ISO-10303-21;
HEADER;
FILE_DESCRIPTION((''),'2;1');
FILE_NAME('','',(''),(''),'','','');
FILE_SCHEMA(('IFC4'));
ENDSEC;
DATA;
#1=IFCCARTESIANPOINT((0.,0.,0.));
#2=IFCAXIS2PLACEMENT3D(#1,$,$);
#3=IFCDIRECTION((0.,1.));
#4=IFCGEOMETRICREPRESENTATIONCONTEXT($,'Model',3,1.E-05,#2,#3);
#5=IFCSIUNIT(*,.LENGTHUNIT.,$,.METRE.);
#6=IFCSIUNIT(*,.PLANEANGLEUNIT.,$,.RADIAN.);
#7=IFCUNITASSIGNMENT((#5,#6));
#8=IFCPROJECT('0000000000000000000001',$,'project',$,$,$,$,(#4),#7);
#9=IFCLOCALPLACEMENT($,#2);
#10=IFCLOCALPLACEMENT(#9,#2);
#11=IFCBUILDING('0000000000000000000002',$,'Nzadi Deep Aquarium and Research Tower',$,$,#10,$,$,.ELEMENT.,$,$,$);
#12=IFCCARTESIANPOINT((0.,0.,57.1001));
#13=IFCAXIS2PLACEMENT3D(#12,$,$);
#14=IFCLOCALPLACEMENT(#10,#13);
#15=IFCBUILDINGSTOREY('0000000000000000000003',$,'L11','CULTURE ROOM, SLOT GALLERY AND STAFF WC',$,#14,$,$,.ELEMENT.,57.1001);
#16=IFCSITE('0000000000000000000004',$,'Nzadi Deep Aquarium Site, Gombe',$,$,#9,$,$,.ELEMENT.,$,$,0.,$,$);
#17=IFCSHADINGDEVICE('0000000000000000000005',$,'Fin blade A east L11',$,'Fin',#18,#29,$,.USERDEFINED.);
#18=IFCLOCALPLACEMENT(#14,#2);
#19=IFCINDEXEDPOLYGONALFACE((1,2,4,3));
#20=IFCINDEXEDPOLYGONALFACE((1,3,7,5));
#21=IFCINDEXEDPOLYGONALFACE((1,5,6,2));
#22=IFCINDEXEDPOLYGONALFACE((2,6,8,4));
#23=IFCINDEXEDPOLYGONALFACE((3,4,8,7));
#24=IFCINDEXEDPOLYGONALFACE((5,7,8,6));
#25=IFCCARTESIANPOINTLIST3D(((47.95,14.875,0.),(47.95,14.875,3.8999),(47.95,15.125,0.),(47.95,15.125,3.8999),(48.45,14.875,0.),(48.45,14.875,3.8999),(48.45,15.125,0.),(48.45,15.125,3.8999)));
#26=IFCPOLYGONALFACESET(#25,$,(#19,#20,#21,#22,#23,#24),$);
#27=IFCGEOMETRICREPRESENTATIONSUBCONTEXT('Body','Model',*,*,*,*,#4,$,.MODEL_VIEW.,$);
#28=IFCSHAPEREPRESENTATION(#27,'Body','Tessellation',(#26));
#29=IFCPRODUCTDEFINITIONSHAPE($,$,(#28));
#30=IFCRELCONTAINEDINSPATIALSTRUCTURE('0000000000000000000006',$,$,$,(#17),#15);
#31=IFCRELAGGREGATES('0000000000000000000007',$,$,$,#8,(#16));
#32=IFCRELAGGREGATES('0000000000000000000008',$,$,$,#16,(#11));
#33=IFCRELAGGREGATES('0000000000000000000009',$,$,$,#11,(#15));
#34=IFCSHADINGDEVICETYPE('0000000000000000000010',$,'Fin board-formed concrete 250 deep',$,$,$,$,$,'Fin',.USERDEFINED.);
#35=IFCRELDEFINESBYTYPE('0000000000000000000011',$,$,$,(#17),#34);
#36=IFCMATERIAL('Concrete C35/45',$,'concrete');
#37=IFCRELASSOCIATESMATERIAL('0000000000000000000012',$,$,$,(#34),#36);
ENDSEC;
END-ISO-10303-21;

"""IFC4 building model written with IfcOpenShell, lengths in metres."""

from ifc_helpers import new_model, si_unit, direction, frame, origin, origin_2d, place, context, subcontext, project, spatial, rectangle, extrude, material, type_object, element, save


model = new_model("IFC4")

# Units and contexts
model_context = context("Model", 3, precision=1e-05, world=origin(), true_north=direction((0.0, 1.0)))
body_context = subcontext(model_context, "Body", "Model", "MODEL_VIEW")
ifc_project = project(units=[si_unit("LENGTHUNIT", "METRE"), si_unit("PLANEANGLEUNIT", "RADIAN")], contexts=[model_context])

# Site, building, storey
site_placement = place(None, origin())
site = spatial("IfcSite", under=ifc_project, at=site_placement, Name="Nzadi Deep Aquarium Site, Gombe", CompositionType="ELEMENT", RefElevation=0.0)
building_placement = place(site_placement, origin())
building = spatial("IfcBuilding", under=site, at=building_placement, Name="Nzadi Deep Aquarium and Research Tower", CompositionType="ELEMENT")
storey_placement = place(building_placement, frame((0.0, 0.0, 57.1001)))
storey = spatial("IfcBuildingStorey", under=building, at=storey_placement, Name="L11", Description="CULTURE ROOM, SLOT GALLERY AND STAFF WC", CompositionType="ELEMENT", Elevation=57.1001)

# Shading device
ifc_material_1 = material(Name="Concrete C35/45", Category="concrete")
shading_device_type = type_object("IfcShadingDeviceType", Name="Fin board-formed concrete 250 deep", ElementType="Fin", PredefinedType="USERDEFINED", material=ifc_material_1)
for number, where, z_axis, x_axis, name in (
    (1, (48.2, 15.0, 0.0), (0.0, 0.0, 1.0), (1.0, 0.0, 0.0), "Fin blade A east L11"),
):
    element("IfcShadingDevice", number, at=place(storey_placement, frame(where, z_axis=z_axis, x_axis=x_axis)), inside=storey, type_object=shading_device_type, Name=name, ObjectType="Fin", PredefinedType="USERDEFINED", context=body_context, shape_type="SweptSolid", body=[
        extrude(rectangle(XDim=0.5, YDim=0.25, at=origin_2d()), origin(), (0.0, 0.0, 1.0), 3.8999),
    ])

save(model, "model.ifc")
